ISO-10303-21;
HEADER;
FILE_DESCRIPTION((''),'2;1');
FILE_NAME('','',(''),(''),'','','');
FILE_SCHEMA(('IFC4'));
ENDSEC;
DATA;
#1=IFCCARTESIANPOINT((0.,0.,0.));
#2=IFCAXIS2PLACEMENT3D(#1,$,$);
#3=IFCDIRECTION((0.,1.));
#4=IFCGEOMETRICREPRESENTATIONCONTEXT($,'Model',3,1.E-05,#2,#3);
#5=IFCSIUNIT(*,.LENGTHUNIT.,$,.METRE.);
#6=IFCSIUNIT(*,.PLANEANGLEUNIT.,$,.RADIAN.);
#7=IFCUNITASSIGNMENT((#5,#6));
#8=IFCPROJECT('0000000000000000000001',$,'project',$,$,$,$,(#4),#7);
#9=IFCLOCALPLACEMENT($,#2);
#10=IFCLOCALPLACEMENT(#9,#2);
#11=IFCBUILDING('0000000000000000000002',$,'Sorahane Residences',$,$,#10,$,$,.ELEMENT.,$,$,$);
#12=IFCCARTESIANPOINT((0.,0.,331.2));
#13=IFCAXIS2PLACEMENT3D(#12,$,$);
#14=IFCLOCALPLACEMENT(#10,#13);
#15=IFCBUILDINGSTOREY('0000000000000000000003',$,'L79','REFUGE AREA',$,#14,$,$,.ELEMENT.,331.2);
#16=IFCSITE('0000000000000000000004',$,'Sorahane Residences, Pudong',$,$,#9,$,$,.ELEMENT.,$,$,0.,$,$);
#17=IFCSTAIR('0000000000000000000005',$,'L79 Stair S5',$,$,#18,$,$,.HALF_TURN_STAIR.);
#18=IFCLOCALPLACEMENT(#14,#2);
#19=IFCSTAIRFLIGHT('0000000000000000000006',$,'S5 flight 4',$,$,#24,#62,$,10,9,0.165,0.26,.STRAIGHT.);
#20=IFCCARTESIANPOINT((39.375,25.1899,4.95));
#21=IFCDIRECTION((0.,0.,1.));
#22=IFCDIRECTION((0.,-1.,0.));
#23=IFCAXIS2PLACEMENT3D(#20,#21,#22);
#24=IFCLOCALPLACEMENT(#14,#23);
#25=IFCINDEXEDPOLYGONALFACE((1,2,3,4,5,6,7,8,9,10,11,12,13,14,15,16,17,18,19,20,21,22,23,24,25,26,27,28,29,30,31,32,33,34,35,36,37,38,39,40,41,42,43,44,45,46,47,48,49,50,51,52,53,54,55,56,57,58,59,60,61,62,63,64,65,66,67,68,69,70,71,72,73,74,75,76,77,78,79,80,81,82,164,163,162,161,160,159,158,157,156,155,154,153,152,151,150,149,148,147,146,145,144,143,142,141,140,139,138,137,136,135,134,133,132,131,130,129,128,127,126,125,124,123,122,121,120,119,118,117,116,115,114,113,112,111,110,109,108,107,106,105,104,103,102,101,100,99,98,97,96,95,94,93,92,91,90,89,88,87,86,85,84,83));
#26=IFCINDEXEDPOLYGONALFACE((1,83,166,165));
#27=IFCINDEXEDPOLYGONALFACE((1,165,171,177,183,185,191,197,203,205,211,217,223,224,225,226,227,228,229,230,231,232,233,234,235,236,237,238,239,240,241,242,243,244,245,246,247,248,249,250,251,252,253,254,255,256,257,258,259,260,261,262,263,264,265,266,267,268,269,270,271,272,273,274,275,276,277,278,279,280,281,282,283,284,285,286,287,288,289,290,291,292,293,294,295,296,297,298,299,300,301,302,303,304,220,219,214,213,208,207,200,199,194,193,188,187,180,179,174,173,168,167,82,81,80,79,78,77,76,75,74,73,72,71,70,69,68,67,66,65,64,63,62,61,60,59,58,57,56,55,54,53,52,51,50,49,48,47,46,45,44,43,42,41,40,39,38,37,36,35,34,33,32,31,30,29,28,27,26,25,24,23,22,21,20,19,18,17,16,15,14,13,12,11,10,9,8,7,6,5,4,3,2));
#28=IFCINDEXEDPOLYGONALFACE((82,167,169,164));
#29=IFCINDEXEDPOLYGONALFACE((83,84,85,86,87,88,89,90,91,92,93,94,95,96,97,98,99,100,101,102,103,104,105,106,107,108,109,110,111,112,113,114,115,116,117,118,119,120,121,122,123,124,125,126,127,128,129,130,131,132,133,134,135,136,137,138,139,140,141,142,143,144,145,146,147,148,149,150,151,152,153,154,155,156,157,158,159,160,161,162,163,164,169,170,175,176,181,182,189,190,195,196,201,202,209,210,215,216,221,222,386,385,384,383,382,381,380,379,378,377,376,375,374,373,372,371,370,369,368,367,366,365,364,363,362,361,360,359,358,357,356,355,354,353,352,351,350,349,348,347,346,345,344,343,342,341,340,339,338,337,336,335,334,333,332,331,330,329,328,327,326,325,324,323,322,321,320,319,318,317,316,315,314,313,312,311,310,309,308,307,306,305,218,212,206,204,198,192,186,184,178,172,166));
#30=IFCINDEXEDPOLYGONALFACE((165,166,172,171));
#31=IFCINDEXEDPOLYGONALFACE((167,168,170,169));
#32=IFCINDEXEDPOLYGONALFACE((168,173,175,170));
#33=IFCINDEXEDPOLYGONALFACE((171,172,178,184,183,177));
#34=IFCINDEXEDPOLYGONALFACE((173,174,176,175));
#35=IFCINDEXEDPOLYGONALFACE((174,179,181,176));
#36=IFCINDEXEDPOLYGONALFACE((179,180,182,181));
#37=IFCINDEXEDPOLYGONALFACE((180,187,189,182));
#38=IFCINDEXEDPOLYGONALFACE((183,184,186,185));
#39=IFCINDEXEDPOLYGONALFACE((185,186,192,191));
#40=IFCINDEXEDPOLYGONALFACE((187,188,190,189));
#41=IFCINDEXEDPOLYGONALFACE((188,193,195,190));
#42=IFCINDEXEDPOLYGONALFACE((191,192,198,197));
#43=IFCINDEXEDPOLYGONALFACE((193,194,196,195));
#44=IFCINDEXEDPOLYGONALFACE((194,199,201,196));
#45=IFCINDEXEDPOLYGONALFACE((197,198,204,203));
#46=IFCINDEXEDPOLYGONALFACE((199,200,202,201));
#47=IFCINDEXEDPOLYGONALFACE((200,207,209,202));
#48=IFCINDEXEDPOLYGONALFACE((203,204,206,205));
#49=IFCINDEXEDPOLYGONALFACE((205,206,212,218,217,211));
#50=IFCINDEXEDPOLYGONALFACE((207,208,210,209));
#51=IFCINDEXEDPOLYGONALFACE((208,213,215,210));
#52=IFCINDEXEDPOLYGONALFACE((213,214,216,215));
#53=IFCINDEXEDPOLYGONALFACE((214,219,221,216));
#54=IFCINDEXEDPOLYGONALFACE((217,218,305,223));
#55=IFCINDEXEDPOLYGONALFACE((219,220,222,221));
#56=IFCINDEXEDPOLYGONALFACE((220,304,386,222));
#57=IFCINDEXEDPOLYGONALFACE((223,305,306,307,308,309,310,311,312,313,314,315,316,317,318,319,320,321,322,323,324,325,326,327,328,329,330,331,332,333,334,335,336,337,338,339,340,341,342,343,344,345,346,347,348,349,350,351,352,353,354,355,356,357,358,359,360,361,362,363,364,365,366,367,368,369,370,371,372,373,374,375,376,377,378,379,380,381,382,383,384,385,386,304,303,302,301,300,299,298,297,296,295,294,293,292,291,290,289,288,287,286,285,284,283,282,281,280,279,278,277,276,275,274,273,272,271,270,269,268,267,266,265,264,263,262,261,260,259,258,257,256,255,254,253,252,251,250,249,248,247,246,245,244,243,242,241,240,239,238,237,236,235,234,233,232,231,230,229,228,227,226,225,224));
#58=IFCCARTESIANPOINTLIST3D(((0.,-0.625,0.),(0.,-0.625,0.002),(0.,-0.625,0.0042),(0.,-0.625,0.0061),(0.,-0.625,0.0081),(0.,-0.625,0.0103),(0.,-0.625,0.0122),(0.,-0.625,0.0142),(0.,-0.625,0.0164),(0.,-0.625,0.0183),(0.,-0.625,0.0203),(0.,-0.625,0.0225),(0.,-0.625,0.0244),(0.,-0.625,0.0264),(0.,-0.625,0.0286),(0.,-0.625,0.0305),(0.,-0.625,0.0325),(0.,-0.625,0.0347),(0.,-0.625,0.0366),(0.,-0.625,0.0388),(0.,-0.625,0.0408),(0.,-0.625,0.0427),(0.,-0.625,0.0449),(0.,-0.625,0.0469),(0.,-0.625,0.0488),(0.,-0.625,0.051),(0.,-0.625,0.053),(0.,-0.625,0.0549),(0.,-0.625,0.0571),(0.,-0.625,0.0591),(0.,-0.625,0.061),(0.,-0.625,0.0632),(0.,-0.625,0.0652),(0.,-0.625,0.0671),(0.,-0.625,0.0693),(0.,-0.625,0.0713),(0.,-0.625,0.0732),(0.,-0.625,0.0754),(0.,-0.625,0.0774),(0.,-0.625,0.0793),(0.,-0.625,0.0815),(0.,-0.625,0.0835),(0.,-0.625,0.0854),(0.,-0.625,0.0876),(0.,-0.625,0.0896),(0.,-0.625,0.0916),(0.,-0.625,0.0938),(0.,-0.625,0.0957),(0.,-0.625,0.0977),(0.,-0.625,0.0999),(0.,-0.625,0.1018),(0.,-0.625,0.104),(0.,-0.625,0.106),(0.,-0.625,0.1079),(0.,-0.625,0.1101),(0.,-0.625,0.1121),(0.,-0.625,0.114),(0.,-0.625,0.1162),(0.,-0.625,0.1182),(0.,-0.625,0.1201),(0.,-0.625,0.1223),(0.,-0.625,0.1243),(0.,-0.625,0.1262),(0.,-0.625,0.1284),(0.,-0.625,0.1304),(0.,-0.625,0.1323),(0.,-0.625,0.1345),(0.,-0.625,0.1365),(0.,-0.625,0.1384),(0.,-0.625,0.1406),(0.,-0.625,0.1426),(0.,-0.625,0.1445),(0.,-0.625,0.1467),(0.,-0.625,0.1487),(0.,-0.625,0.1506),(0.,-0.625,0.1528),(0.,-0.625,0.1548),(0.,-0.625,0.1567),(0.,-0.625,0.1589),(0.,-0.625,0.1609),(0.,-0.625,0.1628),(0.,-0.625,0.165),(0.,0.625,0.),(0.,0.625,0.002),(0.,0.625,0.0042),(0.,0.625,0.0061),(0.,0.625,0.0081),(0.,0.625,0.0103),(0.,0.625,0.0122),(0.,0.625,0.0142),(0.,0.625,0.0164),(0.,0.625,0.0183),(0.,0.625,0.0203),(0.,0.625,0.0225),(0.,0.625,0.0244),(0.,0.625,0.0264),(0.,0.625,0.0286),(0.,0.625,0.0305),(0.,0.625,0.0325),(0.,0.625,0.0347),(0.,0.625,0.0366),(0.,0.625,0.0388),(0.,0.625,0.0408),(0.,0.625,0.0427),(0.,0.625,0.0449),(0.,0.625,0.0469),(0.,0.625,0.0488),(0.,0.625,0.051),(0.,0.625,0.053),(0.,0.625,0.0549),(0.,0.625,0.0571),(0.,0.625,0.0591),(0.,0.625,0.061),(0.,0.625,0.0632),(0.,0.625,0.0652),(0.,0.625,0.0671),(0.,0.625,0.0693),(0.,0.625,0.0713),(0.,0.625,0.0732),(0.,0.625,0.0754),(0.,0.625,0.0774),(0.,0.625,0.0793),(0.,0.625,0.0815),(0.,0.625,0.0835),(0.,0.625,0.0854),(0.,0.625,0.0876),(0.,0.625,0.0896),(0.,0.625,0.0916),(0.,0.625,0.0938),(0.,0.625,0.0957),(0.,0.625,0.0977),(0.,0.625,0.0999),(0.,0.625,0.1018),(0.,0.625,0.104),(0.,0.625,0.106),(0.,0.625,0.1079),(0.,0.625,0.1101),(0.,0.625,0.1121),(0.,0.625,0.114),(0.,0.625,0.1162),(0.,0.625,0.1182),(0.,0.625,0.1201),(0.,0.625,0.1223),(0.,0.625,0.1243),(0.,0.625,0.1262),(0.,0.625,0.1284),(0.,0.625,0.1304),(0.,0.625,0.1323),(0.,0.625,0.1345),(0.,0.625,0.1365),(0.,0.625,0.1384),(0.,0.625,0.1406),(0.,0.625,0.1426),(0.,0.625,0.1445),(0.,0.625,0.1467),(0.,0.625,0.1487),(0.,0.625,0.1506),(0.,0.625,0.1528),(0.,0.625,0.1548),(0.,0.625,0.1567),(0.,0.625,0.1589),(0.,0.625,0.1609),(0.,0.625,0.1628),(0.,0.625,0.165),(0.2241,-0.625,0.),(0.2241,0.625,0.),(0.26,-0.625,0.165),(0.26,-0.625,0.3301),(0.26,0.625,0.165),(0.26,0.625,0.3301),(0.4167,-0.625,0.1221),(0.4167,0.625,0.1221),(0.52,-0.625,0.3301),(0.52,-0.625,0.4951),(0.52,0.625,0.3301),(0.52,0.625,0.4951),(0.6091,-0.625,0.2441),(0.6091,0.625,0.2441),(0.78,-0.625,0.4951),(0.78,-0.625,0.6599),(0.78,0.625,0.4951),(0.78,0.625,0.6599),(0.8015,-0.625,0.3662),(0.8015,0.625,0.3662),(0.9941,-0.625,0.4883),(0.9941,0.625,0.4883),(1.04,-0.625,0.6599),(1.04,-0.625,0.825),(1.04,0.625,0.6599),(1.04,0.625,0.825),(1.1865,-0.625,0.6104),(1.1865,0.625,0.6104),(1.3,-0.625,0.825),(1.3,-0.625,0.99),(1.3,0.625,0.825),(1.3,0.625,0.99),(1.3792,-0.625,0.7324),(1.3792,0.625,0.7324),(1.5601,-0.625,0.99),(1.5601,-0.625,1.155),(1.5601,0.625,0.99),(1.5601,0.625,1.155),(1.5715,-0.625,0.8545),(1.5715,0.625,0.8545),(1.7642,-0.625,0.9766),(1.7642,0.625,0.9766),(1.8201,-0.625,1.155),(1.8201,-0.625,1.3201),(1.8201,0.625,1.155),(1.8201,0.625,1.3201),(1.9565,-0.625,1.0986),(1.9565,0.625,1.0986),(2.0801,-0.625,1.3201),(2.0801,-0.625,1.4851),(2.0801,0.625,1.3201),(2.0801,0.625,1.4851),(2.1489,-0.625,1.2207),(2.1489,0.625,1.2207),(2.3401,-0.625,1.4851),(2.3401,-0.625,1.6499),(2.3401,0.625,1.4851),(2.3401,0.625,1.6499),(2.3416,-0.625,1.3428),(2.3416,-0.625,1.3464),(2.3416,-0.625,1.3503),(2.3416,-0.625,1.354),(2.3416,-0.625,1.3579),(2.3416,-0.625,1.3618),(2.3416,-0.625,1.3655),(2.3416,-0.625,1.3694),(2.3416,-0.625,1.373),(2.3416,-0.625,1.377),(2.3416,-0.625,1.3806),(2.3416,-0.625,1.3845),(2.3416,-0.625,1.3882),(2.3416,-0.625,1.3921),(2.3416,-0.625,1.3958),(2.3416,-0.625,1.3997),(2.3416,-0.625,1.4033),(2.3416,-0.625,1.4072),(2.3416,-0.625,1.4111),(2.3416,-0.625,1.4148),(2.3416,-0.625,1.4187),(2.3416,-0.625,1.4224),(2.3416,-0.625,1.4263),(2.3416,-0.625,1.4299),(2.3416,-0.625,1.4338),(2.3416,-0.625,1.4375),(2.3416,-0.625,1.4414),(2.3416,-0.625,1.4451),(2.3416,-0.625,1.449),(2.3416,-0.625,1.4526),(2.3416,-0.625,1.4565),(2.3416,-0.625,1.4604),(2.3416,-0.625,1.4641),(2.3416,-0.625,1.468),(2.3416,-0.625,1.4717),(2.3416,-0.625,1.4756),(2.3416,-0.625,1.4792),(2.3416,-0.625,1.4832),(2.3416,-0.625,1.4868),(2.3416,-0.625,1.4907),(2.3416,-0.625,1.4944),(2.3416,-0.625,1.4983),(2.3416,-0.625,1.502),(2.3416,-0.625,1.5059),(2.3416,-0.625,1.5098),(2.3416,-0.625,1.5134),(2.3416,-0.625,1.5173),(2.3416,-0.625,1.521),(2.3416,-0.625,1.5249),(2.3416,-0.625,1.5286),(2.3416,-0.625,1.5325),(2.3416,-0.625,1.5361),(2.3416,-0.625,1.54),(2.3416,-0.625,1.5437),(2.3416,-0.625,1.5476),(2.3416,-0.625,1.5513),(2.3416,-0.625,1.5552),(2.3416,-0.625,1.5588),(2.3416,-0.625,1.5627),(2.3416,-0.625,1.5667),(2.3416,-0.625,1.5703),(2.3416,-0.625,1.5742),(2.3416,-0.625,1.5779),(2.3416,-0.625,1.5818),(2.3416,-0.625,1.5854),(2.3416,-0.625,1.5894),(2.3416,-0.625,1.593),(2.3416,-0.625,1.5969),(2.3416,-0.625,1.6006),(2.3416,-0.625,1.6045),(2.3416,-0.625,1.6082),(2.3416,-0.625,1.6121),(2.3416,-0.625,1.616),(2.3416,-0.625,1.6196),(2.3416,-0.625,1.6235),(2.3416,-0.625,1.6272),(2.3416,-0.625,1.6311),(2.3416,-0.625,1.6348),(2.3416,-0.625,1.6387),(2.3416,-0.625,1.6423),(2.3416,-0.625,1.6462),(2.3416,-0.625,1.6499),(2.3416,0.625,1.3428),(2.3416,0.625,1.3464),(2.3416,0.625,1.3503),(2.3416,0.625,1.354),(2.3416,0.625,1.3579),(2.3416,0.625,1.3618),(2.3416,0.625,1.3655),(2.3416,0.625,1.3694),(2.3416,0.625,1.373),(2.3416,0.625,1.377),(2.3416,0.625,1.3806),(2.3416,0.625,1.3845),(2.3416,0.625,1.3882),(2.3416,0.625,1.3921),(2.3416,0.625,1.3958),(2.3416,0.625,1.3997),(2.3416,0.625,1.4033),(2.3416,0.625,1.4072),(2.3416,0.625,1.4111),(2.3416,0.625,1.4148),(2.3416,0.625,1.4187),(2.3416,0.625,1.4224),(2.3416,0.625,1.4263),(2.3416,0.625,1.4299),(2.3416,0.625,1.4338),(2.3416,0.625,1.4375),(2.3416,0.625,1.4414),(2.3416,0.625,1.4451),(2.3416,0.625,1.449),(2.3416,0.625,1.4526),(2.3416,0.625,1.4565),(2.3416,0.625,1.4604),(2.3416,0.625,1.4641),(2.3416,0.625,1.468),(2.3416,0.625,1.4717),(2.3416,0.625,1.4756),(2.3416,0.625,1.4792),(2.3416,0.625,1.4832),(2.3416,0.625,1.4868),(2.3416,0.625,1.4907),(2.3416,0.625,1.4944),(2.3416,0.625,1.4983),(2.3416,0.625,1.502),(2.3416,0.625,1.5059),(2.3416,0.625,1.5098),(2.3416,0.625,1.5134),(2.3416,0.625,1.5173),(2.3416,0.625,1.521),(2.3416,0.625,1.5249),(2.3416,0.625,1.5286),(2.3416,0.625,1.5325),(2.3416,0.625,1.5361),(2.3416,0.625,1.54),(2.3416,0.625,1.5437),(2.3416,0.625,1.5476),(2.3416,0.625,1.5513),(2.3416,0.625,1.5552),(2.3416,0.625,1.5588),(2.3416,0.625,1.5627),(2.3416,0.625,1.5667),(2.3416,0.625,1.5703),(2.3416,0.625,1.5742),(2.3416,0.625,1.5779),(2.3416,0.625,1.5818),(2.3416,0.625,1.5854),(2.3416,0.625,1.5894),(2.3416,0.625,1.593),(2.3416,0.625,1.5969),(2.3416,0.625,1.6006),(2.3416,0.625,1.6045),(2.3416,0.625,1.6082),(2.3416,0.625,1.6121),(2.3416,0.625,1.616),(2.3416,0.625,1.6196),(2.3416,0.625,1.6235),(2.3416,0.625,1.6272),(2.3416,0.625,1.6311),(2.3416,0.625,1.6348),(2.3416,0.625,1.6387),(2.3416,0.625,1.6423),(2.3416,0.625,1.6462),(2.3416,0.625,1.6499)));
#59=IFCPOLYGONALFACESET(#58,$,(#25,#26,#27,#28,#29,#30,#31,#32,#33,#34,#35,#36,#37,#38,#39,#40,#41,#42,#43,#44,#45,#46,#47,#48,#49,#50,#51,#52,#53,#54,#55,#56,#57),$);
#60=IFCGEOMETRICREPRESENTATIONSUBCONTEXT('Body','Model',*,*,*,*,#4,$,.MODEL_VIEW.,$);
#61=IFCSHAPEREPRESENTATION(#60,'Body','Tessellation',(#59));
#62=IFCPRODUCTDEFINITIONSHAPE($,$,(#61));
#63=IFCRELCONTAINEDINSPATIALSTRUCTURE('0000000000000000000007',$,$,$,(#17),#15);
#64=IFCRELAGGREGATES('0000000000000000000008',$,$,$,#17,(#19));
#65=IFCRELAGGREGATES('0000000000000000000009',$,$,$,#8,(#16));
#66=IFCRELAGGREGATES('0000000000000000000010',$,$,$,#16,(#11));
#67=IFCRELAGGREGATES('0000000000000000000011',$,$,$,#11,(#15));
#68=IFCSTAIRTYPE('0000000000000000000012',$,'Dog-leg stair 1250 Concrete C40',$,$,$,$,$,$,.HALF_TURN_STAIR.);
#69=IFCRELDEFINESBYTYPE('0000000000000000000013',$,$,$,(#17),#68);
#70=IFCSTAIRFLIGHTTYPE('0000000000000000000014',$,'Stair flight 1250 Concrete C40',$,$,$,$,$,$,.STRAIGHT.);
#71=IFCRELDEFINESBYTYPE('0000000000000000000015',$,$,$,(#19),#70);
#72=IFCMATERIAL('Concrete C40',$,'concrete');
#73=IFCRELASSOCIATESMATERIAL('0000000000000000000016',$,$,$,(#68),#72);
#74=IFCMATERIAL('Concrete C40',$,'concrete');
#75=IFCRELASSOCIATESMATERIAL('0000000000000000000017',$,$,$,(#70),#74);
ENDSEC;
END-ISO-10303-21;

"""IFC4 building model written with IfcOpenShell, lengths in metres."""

from ifc_helpers import new_model, si_unit, direction, frame, origin, place, context, subcontext, project, spatial, polyline, outline, extrude, material, type_object, element, aggregate, save


model = new_model("IFC4")

# Units and contexts
model_context = context("Model", 3, precision=1e-05, world=origin(), true_north=direction((0.0, 1.0)))
body_context = subcontext(model_context, "Body", "Model", "MODEL_VIEW")
ifc_project = project(units=[si_unit("LENGTHUNIT", "METRE"), si_unit("PLANEANGLEUNIT", "RADIAN")], contexts=[model_context])

# Site, building, storey
site_placement = place(None, origin())
site = spatial("IfcSite", under=ifc_project, at=site_placement, Name="Sorahane Residences, Pudong", CompositionType="ELEMENT", RefElevation=0.0)
building_placement = place(site_placement, origin())
building = spatial("IfcBuilding", under=site, at=building_placement, Name="Sorahane Residences", CompositionType="ELEMENT")
storey_placement = place(building_placement, frame((0.0, 0.0, 331.2)))
storey = spatial("IfcBuildingStorey", under=building, at=storey_placement, Name="L79", Description="REFUGE AREA", CompositionType="ELEMENT", Elevation=331.2)

# Stair, stair flight
ifc_material_1 = material(Name="Concrete C40", Category="concrete")
stair_type = type_object("IfcStairType", Name="Dog-leg stair 1250 Concrete C40", PredefinedType="HALF_TURN_STAIR", material=ifc_material_1)
stair_placement = place(storey_placement, origin())
stair = element("IfcStair", 1, at=stair_placement, inside=storey, type_object=stair_type, Name="L79 Stair S5", PredefinedType="HALF_TURN_STAIR")
ifc_material_2 = material(Name="Concrete C40", Category="concrete")
stair_flight_type = type_object("IfcStairFlightType", Name="Stair flight 1250 Concrete C40", PredefinedType="STRAIGHT", material=ifc_material_2)
stair_flight_1_placement = place(storey_placement, frame((39.375, 25.1899, 4.95), z_axis=(0.0, 0.0, 1.0), x_axis=(0.0, -1.0, 0.0)))
stair_flight_1 = element("IfcStairFlight", 2, at=stair_flight_1_placement, type_object=stair_flight_type, Name="S5 flight 4", NumberOfRisers=10, NumberOfTreads=9, PredefinedType="STRAIGHT", RiserHeight=0.165, TreadLength=0.26, context=body_context, shape_type="SweptSolid", body=[
    extrude(outline(polyline([(0.0, 0.0), (0.0, 0.002), (0.0, 0.0042), (0.0, 0.0061), (0.0, 0.0081), (0.0, 0.0103), (0.0, 0.0122), (0.0, 0.0142), (0.0, 0.0164), (0.0, 0.0183), (0.0, 0.0203), (0.0, 0.0225), (0.0, 0.0244), (0.0, 0.0264), (0.0, 0.0286), (0.0, 0.0305), (0.0, 0.0325), (0.0, 0.0347), (0.0, 0.0366), (0.0, 0.0388), (0.0, 0.0408), (0.0, 0.0427), (0.0, 0.0449), (0.0, 0.0469), (0.0, 0.0488), (0.0, 0.051), (0.0, 0.053), (0.0, 0.0549), (0.0, 0.0571), (0.0, 0.0591), (0.0, 0.061), (0.0, 0.0632), (0.0, 0.0652), (0.0, 0.0671), (0.0, 0.0693), (0.0, 0.0713), (0.0, 0.0732), (0.0, 0.0754), (0.0, 0.0774), (0.0, 0.0793), (0.0, 0.0815), (0.0, 0.0835), (0.0, 0.0854), (0.0, 0.0876), (0.0, 0.0896), (0.0, 0.0916), (0.0, 0.0938), (0.0, 0.0957), (0.0, 0.0977), (0.0, 0.0999), (0.0, 0.1018), (0.0, 0.104), (0.0, 0.106), (0.0, 0.1079), (0.0, 0.1101), (0.0, 0.1121), (0.0, 0.114), (0.0, 0.1162), (0.0, 0.1182), (0.0, 0.1201), (0.0, 0.1223), (0.0, 0.1243), (0.0, 0.1262), (0.0, 0.1284), (0.0, 0.1304), (0.0, 0.1323), (0.0, 0.1345), (0.0, 0.1365), (0.0, 0.1384), (0.0, 0.1406), (0.0, 0.1426), (0.0, 0.1445), (0.0, 0.1467), (0.0, 0.1487), (0.0, 0.1506), (0.0, 0.1528), (0.0, 0.1548), (0.0, 0.1567), (0.0, 0.1589), (0.0, 0.1609), (0.0, 0.1628), (0.0, 0.165), (0.26, 0.165), (0.26, 0.3301), (0.52, 0.3301), (0.52, 0.4951), (0.78, 0.4951), (0.78, 0.6599), (1.04, 0.6599), (1.04, 0.825), (1.3, 0.825), (1.3, 0.99), (1.5601, 0.99), (1.5601, 1.155), (1.8201, 1.155), (1.8201, 1.3201), (2.0801, 1.3201), (2.0801, 1.4851), (2.3401, 1.4851), (2.3401, 1.6499), (2.3416, 1.6499), (2.3416, 1.6462), (2.3416, 1.6423), (2.3416, 1.6387), (2.3416, 1.6348), (2.3416, 1.6311), (2.3416, 1.6272), (2.3416, 1.6235), (2.3416, 1.6196), (2.3416, 1.616), (2.3416, 1.6121), (2.3416, 1.6082), (2.3416, 1.6045), (2.3416, 1.6006), (2.3416, 1.5969), (2.3416, 1.593), (2.3416, 1.5894), (2.3416, 1.5854), (2.3416, 1.5818), (2.3416, 1.5779), (2.3416, 1.5742), (2.3416, 1.5703), (2.3416, 1.5667), (2.3416, 1.5627), (2.3416, 1.5588), (2.3416, 1.5552), (2.3416, 1.5513), (2.3416, 1.5476), (2.3416, 1.5437), (2.3416, 1.54), (2.3416, 1.5361), (2.3416, 1.5325), (2.3416, 1.5286), (2.3416, 1.5249), (2.3416, 1.521), (2.3416, 1.5173), (2.3416, 1.5134), (2.3416, 1.5098), (2.3416, 1.5059), (2.3416, 1.502), (2.3416, 1.4983), (2.3416, 1.4944), (2.3416, 1.4907), (2.3416, 1.4868), (2.3416, 1.4832), (2.3416, 1.4792), (2.3416, 1.4756), (2.3416, 1.4717), (2.3416, 1.468), (2.3416, 1.4641), (2.3416, 1.4604), (2.3416, 1.4565), (2.3416, 1.4526), (2.3416, 1.449), (2.3416, 1.4451), (2.3416, 1.4414), (2.3416, 1.4375), (2.3416, 1.4338), (2.3416, 1.4299), (2.3416, 1.4263), (2.3416, 1.4224), (2.3416, 1.4187), (2.3416, 1.4148), (2.3416, 1.4111), (2.3416, 1.4072), (2.3416, 1.4033), (2.3416, 1.3997), (2.3416, 1.3958), (2.3416, 1.3921), (2.3416, 1.3882), (2.3416, 1.3845), (2.3416, 1.3806), (2.3416, 1.377), (2.3416, 1.373), (2.3416, 1.3694), (2.3416, 1.3655), (2.3416, 1.3618), (2.3416, 1.3579), (2.3416, 1.354), (2.3416, 1.3503), (2.3416, 1.3464), (2.3416, 1.3428), (2.1489, 1.2207), (1.9565, 1.0986), (1.7642, 0.9766), (1.5715, 0.8545), (1.3792, 0.7324), (1.1865, 0.6104), (0.9941, 0.4883), (0.8015, 0.3662), (0.6091, 0.2441), (0.4167, 0.1221), (0.2241, 0.0), (0.0, 0.0)])), frame((0.0, 0.625, 0.0), z_axis=(0.0, -1.0, 0.0), x_axis=(1.0, 0.0, 0.0)), (0.0, 0.0, 1.0), 1.25),
])
aggregate(stair, [stair_flight_1])

save(model, "model.ifc")
